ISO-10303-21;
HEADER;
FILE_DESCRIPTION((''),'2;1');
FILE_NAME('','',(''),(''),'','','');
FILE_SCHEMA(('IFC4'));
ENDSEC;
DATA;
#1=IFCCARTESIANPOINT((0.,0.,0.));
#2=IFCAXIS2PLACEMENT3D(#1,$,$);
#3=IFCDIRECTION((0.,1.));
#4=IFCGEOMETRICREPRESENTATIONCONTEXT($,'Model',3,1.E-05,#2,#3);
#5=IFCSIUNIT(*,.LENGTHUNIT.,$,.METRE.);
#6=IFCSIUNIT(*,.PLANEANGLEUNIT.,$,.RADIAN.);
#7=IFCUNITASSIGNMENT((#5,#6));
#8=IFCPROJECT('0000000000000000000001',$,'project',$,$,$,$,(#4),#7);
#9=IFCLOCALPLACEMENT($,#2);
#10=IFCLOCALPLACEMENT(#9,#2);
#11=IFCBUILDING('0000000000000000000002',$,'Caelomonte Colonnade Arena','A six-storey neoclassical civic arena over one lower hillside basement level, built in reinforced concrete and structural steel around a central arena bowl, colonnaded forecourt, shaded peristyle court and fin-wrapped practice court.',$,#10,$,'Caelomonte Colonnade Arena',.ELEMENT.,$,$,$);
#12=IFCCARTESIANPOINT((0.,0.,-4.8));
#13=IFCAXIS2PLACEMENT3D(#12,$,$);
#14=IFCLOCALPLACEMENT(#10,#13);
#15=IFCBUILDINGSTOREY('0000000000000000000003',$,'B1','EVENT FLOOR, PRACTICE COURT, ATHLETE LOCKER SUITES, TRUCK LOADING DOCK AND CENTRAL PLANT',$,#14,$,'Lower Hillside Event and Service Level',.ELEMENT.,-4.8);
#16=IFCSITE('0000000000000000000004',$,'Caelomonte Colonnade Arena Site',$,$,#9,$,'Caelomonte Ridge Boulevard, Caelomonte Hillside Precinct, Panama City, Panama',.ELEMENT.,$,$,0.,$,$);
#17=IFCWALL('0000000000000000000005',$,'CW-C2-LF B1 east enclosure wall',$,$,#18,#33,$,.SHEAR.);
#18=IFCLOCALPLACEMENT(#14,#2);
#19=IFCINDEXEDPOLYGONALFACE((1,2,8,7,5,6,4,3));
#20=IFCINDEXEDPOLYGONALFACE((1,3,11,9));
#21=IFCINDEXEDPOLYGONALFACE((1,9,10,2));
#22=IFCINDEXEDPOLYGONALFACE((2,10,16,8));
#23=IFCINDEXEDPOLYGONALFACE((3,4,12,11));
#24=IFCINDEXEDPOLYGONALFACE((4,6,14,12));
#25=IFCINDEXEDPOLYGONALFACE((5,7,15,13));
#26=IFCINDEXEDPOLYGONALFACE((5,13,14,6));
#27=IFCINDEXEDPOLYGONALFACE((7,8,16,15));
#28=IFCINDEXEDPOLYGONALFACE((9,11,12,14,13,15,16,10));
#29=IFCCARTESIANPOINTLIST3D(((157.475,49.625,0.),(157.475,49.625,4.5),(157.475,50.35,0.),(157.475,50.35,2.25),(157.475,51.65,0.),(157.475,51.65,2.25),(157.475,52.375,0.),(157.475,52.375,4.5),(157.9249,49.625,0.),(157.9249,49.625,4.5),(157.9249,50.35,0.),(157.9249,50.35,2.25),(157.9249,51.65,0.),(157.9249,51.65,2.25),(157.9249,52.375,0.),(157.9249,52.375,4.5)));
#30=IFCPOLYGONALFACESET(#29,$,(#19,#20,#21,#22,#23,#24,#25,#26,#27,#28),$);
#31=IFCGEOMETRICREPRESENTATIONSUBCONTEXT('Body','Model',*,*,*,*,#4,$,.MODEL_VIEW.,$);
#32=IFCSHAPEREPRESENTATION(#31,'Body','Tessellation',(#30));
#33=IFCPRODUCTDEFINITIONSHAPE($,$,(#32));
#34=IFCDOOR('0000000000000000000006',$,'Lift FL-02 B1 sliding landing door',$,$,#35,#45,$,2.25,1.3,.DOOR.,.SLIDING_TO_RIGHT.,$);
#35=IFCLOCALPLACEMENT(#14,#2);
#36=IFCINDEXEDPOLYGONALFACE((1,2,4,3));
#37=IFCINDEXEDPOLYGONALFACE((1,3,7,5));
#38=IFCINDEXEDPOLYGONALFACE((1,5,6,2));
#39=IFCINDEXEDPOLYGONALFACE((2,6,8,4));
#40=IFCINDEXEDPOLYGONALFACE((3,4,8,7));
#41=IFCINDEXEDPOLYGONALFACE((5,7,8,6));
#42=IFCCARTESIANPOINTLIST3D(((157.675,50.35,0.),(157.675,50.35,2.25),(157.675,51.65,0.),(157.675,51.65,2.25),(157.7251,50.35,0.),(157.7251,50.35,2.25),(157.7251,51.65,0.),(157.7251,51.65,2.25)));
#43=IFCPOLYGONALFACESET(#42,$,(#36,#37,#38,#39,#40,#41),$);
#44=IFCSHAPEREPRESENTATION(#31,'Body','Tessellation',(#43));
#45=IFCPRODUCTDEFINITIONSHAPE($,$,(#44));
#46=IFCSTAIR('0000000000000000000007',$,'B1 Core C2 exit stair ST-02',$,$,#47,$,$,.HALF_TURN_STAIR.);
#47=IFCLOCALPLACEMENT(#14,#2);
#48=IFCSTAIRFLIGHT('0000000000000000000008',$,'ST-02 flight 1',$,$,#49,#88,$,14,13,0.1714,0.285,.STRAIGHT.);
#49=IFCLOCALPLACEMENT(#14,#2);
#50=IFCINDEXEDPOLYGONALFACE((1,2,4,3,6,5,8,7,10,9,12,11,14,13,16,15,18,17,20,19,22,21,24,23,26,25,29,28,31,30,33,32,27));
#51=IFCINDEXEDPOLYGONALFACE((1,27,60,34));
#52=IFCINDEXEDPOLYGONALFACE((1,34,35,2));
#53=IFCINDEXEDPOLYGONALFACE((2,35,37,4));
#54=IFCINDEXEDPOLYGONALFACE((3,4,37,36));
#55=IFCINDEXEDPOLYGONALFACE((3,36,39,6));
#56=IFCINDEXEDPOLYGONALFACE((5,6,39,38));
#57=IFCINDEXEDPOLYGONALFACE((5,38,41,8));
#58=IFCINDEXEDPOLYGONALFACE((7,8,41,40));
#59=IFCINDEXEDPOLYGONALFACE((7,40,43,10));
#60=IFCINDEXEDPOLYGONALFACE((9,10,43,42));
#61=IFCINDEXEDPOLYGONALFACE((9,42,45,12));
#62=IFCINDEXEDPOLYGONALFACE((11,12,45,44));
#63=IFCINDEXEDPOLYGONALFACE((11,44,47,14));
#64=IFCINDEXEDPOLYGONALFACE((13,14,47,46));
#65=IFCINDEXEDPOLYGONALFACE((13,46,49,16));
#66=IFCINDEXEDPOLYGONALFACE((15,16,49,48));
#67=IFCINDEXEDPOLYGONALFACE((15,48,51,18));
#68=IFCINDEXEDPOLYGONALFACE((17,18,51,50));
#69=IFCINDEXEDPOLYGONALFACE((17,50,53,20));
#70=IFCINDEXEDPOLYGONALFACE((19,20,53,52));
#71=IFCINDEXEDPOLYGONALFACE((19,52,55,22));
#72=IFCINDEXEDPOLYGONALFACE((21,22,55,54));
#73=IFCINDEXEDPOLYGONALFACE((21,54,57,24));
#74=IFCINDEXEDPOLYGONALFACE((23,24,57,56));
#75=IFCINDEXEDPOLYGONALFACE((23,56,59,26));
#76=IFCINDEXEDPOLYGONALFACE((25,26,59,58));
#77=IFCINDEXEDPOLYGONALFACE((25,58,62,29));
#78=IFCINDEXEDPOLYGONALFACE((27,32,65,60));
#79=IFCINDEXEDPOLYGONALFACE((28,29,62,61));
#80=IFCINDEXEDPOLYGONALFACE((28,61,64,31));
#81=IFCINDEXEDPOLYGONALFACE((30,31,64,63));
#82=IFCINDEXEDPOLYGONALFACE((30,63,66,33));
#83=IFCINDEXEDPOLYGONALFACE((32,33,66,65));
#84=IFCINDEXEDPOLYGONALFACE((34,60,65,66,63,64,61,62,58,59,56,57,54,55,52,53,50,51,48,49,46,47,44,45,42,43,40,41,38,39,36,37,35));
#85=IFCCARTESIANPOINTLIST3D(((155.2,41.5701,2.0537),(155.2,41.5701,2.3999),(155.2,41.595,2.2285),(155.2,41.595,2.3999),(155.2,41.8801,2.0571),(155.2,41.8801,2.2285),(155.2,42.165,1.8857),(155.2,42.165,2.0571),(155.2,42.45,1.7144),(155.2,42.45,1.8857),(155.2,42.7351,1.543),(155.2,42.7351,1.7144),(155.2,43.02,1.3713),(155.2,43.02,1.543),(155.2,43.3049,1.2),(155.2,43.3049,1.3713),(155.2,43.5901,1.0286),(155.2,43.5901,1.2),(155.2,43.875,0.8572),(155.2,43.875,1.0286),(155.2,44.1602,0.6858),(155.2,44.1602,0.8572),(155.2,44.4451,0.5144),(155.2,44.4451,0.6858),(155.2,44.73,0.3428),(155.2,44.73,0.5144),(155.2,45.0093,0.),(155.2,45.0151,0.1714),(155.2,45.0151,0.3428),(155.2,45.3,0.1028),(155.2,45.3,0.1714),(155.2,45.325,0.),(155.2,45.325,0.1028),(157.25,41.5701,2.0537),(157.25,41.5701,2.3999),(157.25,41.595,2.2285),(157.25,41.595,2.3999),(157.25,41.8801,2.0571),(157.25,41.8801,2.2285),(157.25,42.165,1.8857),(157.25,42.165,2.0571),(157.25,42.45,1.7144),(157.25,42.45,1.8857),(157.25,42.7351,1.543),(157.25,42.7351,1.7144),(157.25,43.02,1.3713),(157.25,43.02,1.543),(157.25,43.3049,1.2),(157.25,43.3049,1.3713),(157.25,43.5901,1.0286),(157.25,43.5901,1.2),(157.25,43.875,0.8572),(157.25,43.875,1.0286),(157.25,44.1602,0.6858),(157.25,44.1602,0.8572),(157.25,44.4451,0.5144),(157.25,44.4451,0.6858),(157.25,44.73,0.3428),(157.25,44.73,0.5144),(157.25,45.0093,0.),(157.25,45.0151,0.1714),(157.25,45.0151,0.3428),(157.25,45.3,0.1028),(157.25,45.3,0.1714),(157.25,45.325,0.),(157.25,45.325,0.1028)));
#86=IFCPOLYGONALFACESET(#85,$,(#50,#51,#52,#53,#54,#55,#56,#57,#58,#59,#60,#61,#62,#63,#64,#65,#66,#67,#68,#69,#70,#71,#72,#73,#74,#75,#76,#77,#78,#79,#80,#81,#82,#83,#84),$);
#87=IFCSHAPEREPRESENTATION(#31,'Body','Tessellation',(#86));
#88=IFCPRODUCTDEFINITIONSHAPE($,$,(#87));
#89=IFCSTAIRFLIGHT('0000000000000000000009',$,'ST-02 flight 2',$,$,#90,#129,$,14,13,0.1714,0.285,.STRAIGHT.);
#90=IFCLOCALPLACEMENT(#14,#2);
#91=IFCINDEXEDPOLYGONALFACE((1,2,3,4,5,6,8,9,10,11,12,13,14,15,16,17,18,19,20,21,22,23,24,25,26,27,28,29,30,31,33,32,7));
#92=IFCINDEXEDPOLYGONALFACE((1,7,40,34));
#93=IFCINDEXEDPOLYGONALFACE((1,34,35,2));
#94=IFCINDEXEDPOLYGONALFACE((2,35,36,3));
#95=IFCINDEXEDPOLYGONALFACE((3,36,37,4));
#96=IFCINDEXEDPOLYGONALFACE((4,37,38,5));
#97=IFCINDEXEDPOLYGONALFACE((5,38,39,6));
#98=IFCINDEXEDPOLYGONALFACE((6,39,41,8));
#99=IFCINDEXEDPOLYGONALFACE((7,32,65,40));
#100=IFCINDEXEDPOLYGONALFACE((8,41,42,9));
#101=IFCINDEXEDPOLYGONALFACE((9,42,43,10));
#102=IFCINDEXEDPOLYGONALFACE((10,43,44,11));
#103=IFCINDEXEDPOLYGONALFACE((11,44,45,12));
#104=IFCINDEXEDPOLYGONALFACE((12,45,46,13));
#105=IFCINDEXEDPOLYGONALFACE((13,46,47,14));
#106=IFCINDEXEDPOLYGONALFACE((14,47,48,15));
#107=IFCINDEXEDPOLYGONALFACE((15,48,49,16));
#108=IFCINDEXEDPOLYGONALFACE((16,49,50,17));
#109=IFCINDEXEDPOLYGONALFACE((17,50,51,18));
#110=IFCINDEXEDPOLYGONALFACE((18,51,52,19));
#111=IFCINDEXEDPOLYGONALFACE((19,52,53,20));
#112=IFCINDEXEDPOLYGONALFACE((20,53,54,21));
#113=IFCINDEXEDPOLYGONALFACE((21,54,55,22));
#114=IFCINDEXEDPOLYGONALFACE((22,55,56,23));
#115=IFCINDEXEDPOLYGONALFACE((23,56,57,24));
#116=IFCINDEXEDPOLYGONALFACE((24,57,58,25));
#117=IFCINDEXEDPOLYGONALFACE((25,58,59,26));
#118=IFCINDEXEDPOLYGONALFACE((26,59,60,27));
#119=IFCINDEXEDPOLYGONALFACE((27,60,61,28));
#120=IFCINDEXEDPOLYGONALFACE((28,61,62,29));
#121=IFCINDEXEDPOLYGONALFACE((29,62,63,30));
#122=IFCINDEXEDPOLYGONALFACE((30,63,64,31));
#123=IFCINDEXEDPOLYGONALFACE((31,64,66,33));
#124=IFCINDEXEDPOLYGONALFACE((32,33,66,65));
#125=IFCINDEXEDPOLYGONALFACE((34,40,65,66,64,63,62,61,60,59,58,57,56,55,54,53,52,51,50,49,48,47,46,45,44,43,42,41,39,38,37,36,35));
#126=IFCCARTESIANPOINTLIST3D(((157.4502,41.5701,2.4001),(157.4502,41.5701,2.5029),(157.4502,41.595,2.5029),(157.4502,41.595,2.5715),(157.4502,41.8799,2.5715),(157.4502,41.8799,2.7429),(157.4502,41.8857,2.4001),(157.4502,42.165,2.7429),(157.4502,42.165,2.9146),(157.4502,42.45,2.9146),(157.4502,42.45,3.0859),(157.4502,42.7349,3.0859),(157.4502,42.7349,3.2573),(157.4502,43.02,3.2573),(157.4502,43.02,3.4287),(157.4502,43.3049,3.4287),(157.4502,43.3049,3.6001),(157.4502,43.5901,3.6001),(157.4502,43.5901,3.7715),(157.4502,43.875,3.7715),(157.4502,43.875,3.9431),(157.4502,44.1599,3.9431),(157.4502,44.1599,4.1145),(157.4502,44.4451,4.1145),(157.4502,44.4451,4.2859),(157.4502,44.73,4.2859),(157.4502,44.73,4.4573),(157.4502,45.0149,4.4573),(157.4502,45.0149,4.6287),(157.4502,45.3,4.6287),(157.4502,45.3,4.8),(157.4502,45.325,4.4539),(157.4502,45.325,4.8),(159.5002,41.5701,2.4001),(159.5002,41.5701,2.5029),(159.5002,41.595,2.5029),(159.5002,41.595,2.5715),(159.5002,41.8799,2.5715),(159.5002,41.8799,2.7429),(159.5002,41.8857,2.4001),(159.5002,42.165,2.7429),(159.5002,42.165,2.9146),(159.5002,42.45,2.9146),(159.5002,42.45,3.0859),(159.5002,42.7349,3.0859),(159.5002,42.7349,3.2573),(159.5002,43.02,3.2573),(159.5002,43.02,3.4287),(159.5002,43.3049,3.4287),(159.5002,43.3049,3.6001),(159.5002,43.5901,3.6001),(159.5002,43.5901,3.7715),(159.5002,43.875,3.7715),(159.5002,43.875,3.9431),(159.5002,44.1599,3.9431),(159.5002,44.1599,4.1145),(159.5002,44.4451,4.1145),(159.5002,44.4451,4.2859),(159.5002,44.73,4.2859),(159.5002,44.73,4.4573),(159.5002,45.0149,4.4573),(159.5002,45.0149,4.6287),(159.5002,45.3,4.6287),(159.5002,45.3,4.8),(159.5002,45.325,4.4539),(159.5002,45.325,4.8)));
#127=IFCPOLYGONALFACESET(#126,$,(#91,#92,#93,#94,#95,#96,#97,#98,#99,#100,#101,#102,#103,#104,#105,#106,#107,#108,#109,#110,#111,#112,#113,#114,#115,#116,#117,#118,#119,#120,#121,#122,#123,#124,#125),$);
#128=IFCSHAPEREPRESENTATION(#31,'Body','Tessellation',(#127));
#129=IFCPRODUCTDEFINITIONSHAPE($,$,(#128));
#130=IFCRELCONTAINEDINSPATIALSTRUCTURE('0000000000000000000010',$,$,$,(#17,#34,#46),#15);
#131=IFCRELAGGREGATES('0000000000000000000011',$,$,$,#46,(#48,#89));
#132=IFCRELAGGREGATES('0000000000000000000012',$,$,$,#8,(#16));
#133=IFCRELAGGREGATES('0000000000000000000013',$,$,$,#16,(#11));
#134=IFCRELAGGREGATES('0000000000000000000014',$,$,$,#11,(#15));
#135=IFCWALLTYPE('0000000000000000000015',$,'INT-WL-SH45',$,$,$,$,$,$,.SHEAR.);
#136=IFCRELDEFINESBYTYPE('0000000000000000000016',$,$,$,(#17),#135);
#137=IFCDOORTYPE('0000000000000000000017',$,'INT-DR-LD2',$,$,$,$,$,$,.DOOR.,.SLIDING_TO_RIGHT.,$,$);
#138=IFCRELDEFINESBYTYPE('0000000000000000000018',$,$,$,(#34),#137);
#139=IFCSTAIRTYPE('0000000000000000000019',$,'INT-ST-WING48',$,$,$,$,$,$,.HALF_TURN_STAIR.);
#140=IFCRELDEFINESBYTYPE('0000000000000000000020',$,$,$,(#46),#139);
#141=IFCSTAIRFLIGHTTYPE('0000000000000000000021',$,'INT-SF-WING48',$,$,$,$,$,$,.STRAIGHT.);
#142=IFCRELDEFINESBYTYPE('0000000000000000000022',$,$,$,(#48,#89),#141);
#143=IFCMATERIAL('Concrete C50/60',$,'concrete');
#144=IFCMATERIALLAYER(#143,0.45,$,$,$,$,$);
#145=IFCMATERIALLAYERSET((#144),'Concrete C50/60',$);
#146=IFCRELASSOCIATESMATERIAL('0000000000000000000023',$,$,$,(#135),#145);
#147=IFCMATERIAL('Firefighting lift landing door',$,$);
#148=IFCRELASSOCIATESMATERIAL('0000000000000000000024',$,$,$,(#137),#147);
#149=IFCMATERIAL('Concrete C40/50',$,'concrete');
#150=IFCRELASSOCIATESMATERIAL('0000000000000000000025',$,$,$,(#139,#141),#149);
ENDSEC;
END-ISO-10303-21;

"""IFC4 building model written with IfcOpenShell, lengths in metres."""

from ifc_helpers import new_model, si_unit, direction, frame, frame_2d, origin, place, context, subcontext, project, spatial, polyline, rectangle, outline, extrude, material, layer, layer_set, type_object, element, fill, aggregate, save


model = new_model("IFC4")

# Units and contexts
model_context = context("Model", 3, precision=1e-05, world=origin(), true_north=direction((0.0, 1.0)))
body_context = subcontext(model_context, "Body", "Model", "MODEL_VIEW")
ifc_project = project(units=[si_unit("LENGTHUNIT", "METRE"), si_unit("PLANEANGLEUNIT", "RADIAN")], contexts=[model_context])

# Site, building, storey
site_placement = place(None, origin())
site = spatial("IfcSite", under=ifc_project, at=site_placement, Name="Caelomonte Colonnade Arena Site", LongName="Caelomonte Ridge Boulevard, Caelomonte Hillside Precinct, Panama City, Panama", CompositionType="ELEMENT", RefElevation=0.0)
building_placement = place(site_placement, origin())
building = spatial("IfcBuilding", under=site, at=building_placement, Name="Caelomonte Colonnade Arena", Description="A six-storey neoclassical civic arena over one lower hillside basement level, built in reinforced concrete and structural steel around a central arena bowl, colonnaded forecourt, shaded peristyle court and fin-wrapped practice court.", LongName="Caelomonte Colonnade Arena", CompositionType="ELEMENT")
storey_placement = place(building_placement, frame((0.0, 0.0, -4.8)))
storey = spatial("IfcBuildingStorey", under=building, at=storey_placement, Name="B1", Description="EVENT FLOOR, PRACTICE COURT, ATHLETE LOCKER SUITES, TRUCK LOADING DOCK AND CENTRAL PLANT", LongName="Lower Hillside Event and Service Level", CompositionType="ELEMENT", Elevation=-4.8)

# Shared definitions
ifc_material_1 = material(Name="Concrete C40/50", Category="concrete")

# Shared definitions
ifc_material_2 = material(Name="Concrete C50/60", Category="concrete")

# Shared definitions
ifc_layer_1 = layer(ifc_material_2, 0.45)
ifc_layer_set_1 = layer_set([ifc_layer_1], Name="Concrete C50/60")
wall_type_1 = type_object("IfcWallType", Name="INT-WL-SH45", PredefinedType="SHEAR", material=ifc_layer_set_1)

# Wall, opening, door
wall_1_placement = place(storey_placement, frame((157.7, 49.625, 0.0), z_axis=(0.0, 0.0, 1.0), x_axis=(0.0, 1.0, 0.0)))
wall_1 = element("IfcWall", 1, at=wall_1_placement, inside=storey, type_object=wall_type_1, Name="CW-C2-LF B1 east enclosure wall", PredefinedType="SHEAR", context=body_context, shape_type="SweptSolid", body=[
    extrude(rectangle(XDim=2.75, YDim=0.45, at=frame_2d((1.375, 0.0))), origin(), (0.0, 0.0, 1.0), 4.5),
])
opening_1_placement = place(wall_1_placement, frame((0.7251, 0.0, 0.0), z_axis=(0.0, 0.0, 1.0), x_axis=(1.0, 0.0, 0.0)))
opening_1 = element("IfcOpeningElement", 2, at=opening_1_placement, cuts=wall_1, PredefinedType="OPENING", context=body_context, shape_type="SweptSolid", body=[
    extrude(rectangle(XDim=1.3, YDim=2.25, at=frame_2d((0.6499, 1.125))), frame((0.0, 0.2349, 0.0), z_axis=(0.0, -1.0, 0.0), x_axis=(1.0, 0.0, 0.0)), (0.0, 0.0, 1.0), 0.47),
])
ifc_material_3 = material(Name="Firefighting lift landing door")
door_type_1 = type_object("IfcDoorType", Name="INT-DR-LD2", OperationType="SLIDING_TO_RIGHT", PredefinedType="DOOR", material=ifc_material_3)
door_1_placement = place(opening_1_placement, origin())
door_1 = element("IfcDoor", 3, at=door_1_placement, inside=storey, type_object=door_type_1, Name="Lift FL-02 B1 sliding landing door", OperationType="SLIDING_TO_RIGHT", OverallHeight=2.25, OverallWidth=1.3, PredefinedType="DOOR", context=body_context, shape_type="SweptSolid", body=[
    extrude(rectangle(XDim=1.3, YDim=2.25, at=frame_2d((0.6499, 1.125))), frame((0.0, 0.0249, 0.0), z_axis=(0.0, -1.0, 0.0), x_axis=(1.0, 0.0, 0.0)), (0.0, 0.0, 1.0), 0.05),
])
fill(opening_1, door_1)

# Stair, stair flights
stair_type = type_object("IfcStairType", Name="INT-ST-WING48", PredefinedType="HALF_TURN_STAIR", material=ifc_material_1)
stair_placement = place(storey_placement, origin())
stair = element("IfcStair", 4, at=stair_placement, inside=storey, type_object=stair_type, Name="B1 Core C2 exit stair ST-02", PredefinedType="HALF_TURN_STAIR")
stair_flight_type = type_object("IfcStairFlightType", Name="INT-SF-WING48", PredefinedType="STRAIGHT", material=ifc_material_1)
stair_flight_1_placement = place(storey_placement, frame((156.2251, 45.3, 0.0), z_axis=(0.0, 0.0, 1.0), x_axis=(0.0, -1.0, 0.0)))
stair_flight_1 = element("IfcStairFlight", 5, at=stair_flight_1_placement, type_object=stair_flight_type, Name="ST-02 flight 1", NumberOfRisers=14, NumberOfTreads=13, PredefinedType="STRAIGHT", RiserHeight=0.1714, TreadLength=0.285, context=body_context, shape_type="SweptSolid", body=[
    extrude(outline(polyline([(-0.0249, 0.0), (-0.0249, 0.1028), (0.0, 0.1028), (0.0, 0.1714), (0.2849, 0.1714), (0.2849, 0.3428), (0.5701, 0.3428), (0.5701, 0.5144), (0.855, 0.5144), (0.855, 0.6858), (1.1399, 0.6858), (1.1399, 0.8572), (1.425, 0.8572), (1.425, 1.0286), (1.71, 1.0286), (1.71, 1.2), (1.9951, 1.2), (1.9951, 1.3713), (2.28, 1.3713), (2.28, 1.543), (2.5649, 1.543), (2.5649, 1.7144), (2.8501, 1.7144), (2.8501, 1.8857), (3.135, 1.8857), (3.135, 2.0571), (3.4199, 2.0571), (3.4199, 2.2285), (3.7051, 2.2285), (3.7051, 2.3999), (3.73, 2.3999), (3.73, 2.0537), (0.2908, 0.0), (-0.0249, 0.0)])), frame((0.0, 1.0249, 0.0), z_axis=(0.0, -1.0, 0.0), x_axis=(1.0, 0.0, 0.0)), (0.0, 0.0, 1.0), 2.05),
])
stair_flight_2_placement = place(storey_placement, frame((158.4751, 41.595, 2.4001), z_axis=(0.0, 0.0, 1.0), x_axis=(0.0, 1.0, 0.0)))
stair_flight_2 = element("IfcStairFlight", 6, at=stair_flight_2_placement, type_object=stair_flight_type, Name="ST-02 flight 2", NumberOfRisers=14, NumberOfTreads=13, PredefinedType="STRAIGHT", RiserHeight=0.1714, TreadLength=0.285, context=body_context, shape_type="SweptSolid", body=[
    extrude(outline(polyline([(-0.0249, 0.0), (-0.0249, 0.1028), (0.0, 0.1028), (0.0, 0.1714), (0.2849, 0.1714), (0.2849, 0.3428), (0.5701, 0.3428), (0.5701, 0.5144), (0.855, 0.5144), (0.855, 0.6858), (1.1399, 0.6858), (1.1399, 0.8572), (1.425, 0.8572), (1.425, 1.0286), (1.71, 1.0286), (1.71, 1.2), (1.9951, 1.2), (1.9951, 1.3713), (2.28, 1.3713), (2.28, 1.543), (2.5649, 1.543), (2.5649, 1.7144), (2.8501, 1.7144), (2.8501, 1.8857), (3.135, 1.8857), (3.135, 2.0571), (3.4199, 2.0571), (3.4199, 2.2285), (3.7051, 2.2285), (3.7051, 2.3999), (3.73, 2.3999), (3.73, 2.0537), (0.2908, 0.0), (-0.0249, 0.0)])), frame((0.0, 1.0249, 0.0), z_axis=(0.0, -1.0, 0.0), x_axis=(1.0, 0.0, 0.0)), (0.0, 0.0, 1.0), 2.05),
])
aggregate(stair, [stair_flight_1, stair_flight_2])

save(model, "model.ifc")
